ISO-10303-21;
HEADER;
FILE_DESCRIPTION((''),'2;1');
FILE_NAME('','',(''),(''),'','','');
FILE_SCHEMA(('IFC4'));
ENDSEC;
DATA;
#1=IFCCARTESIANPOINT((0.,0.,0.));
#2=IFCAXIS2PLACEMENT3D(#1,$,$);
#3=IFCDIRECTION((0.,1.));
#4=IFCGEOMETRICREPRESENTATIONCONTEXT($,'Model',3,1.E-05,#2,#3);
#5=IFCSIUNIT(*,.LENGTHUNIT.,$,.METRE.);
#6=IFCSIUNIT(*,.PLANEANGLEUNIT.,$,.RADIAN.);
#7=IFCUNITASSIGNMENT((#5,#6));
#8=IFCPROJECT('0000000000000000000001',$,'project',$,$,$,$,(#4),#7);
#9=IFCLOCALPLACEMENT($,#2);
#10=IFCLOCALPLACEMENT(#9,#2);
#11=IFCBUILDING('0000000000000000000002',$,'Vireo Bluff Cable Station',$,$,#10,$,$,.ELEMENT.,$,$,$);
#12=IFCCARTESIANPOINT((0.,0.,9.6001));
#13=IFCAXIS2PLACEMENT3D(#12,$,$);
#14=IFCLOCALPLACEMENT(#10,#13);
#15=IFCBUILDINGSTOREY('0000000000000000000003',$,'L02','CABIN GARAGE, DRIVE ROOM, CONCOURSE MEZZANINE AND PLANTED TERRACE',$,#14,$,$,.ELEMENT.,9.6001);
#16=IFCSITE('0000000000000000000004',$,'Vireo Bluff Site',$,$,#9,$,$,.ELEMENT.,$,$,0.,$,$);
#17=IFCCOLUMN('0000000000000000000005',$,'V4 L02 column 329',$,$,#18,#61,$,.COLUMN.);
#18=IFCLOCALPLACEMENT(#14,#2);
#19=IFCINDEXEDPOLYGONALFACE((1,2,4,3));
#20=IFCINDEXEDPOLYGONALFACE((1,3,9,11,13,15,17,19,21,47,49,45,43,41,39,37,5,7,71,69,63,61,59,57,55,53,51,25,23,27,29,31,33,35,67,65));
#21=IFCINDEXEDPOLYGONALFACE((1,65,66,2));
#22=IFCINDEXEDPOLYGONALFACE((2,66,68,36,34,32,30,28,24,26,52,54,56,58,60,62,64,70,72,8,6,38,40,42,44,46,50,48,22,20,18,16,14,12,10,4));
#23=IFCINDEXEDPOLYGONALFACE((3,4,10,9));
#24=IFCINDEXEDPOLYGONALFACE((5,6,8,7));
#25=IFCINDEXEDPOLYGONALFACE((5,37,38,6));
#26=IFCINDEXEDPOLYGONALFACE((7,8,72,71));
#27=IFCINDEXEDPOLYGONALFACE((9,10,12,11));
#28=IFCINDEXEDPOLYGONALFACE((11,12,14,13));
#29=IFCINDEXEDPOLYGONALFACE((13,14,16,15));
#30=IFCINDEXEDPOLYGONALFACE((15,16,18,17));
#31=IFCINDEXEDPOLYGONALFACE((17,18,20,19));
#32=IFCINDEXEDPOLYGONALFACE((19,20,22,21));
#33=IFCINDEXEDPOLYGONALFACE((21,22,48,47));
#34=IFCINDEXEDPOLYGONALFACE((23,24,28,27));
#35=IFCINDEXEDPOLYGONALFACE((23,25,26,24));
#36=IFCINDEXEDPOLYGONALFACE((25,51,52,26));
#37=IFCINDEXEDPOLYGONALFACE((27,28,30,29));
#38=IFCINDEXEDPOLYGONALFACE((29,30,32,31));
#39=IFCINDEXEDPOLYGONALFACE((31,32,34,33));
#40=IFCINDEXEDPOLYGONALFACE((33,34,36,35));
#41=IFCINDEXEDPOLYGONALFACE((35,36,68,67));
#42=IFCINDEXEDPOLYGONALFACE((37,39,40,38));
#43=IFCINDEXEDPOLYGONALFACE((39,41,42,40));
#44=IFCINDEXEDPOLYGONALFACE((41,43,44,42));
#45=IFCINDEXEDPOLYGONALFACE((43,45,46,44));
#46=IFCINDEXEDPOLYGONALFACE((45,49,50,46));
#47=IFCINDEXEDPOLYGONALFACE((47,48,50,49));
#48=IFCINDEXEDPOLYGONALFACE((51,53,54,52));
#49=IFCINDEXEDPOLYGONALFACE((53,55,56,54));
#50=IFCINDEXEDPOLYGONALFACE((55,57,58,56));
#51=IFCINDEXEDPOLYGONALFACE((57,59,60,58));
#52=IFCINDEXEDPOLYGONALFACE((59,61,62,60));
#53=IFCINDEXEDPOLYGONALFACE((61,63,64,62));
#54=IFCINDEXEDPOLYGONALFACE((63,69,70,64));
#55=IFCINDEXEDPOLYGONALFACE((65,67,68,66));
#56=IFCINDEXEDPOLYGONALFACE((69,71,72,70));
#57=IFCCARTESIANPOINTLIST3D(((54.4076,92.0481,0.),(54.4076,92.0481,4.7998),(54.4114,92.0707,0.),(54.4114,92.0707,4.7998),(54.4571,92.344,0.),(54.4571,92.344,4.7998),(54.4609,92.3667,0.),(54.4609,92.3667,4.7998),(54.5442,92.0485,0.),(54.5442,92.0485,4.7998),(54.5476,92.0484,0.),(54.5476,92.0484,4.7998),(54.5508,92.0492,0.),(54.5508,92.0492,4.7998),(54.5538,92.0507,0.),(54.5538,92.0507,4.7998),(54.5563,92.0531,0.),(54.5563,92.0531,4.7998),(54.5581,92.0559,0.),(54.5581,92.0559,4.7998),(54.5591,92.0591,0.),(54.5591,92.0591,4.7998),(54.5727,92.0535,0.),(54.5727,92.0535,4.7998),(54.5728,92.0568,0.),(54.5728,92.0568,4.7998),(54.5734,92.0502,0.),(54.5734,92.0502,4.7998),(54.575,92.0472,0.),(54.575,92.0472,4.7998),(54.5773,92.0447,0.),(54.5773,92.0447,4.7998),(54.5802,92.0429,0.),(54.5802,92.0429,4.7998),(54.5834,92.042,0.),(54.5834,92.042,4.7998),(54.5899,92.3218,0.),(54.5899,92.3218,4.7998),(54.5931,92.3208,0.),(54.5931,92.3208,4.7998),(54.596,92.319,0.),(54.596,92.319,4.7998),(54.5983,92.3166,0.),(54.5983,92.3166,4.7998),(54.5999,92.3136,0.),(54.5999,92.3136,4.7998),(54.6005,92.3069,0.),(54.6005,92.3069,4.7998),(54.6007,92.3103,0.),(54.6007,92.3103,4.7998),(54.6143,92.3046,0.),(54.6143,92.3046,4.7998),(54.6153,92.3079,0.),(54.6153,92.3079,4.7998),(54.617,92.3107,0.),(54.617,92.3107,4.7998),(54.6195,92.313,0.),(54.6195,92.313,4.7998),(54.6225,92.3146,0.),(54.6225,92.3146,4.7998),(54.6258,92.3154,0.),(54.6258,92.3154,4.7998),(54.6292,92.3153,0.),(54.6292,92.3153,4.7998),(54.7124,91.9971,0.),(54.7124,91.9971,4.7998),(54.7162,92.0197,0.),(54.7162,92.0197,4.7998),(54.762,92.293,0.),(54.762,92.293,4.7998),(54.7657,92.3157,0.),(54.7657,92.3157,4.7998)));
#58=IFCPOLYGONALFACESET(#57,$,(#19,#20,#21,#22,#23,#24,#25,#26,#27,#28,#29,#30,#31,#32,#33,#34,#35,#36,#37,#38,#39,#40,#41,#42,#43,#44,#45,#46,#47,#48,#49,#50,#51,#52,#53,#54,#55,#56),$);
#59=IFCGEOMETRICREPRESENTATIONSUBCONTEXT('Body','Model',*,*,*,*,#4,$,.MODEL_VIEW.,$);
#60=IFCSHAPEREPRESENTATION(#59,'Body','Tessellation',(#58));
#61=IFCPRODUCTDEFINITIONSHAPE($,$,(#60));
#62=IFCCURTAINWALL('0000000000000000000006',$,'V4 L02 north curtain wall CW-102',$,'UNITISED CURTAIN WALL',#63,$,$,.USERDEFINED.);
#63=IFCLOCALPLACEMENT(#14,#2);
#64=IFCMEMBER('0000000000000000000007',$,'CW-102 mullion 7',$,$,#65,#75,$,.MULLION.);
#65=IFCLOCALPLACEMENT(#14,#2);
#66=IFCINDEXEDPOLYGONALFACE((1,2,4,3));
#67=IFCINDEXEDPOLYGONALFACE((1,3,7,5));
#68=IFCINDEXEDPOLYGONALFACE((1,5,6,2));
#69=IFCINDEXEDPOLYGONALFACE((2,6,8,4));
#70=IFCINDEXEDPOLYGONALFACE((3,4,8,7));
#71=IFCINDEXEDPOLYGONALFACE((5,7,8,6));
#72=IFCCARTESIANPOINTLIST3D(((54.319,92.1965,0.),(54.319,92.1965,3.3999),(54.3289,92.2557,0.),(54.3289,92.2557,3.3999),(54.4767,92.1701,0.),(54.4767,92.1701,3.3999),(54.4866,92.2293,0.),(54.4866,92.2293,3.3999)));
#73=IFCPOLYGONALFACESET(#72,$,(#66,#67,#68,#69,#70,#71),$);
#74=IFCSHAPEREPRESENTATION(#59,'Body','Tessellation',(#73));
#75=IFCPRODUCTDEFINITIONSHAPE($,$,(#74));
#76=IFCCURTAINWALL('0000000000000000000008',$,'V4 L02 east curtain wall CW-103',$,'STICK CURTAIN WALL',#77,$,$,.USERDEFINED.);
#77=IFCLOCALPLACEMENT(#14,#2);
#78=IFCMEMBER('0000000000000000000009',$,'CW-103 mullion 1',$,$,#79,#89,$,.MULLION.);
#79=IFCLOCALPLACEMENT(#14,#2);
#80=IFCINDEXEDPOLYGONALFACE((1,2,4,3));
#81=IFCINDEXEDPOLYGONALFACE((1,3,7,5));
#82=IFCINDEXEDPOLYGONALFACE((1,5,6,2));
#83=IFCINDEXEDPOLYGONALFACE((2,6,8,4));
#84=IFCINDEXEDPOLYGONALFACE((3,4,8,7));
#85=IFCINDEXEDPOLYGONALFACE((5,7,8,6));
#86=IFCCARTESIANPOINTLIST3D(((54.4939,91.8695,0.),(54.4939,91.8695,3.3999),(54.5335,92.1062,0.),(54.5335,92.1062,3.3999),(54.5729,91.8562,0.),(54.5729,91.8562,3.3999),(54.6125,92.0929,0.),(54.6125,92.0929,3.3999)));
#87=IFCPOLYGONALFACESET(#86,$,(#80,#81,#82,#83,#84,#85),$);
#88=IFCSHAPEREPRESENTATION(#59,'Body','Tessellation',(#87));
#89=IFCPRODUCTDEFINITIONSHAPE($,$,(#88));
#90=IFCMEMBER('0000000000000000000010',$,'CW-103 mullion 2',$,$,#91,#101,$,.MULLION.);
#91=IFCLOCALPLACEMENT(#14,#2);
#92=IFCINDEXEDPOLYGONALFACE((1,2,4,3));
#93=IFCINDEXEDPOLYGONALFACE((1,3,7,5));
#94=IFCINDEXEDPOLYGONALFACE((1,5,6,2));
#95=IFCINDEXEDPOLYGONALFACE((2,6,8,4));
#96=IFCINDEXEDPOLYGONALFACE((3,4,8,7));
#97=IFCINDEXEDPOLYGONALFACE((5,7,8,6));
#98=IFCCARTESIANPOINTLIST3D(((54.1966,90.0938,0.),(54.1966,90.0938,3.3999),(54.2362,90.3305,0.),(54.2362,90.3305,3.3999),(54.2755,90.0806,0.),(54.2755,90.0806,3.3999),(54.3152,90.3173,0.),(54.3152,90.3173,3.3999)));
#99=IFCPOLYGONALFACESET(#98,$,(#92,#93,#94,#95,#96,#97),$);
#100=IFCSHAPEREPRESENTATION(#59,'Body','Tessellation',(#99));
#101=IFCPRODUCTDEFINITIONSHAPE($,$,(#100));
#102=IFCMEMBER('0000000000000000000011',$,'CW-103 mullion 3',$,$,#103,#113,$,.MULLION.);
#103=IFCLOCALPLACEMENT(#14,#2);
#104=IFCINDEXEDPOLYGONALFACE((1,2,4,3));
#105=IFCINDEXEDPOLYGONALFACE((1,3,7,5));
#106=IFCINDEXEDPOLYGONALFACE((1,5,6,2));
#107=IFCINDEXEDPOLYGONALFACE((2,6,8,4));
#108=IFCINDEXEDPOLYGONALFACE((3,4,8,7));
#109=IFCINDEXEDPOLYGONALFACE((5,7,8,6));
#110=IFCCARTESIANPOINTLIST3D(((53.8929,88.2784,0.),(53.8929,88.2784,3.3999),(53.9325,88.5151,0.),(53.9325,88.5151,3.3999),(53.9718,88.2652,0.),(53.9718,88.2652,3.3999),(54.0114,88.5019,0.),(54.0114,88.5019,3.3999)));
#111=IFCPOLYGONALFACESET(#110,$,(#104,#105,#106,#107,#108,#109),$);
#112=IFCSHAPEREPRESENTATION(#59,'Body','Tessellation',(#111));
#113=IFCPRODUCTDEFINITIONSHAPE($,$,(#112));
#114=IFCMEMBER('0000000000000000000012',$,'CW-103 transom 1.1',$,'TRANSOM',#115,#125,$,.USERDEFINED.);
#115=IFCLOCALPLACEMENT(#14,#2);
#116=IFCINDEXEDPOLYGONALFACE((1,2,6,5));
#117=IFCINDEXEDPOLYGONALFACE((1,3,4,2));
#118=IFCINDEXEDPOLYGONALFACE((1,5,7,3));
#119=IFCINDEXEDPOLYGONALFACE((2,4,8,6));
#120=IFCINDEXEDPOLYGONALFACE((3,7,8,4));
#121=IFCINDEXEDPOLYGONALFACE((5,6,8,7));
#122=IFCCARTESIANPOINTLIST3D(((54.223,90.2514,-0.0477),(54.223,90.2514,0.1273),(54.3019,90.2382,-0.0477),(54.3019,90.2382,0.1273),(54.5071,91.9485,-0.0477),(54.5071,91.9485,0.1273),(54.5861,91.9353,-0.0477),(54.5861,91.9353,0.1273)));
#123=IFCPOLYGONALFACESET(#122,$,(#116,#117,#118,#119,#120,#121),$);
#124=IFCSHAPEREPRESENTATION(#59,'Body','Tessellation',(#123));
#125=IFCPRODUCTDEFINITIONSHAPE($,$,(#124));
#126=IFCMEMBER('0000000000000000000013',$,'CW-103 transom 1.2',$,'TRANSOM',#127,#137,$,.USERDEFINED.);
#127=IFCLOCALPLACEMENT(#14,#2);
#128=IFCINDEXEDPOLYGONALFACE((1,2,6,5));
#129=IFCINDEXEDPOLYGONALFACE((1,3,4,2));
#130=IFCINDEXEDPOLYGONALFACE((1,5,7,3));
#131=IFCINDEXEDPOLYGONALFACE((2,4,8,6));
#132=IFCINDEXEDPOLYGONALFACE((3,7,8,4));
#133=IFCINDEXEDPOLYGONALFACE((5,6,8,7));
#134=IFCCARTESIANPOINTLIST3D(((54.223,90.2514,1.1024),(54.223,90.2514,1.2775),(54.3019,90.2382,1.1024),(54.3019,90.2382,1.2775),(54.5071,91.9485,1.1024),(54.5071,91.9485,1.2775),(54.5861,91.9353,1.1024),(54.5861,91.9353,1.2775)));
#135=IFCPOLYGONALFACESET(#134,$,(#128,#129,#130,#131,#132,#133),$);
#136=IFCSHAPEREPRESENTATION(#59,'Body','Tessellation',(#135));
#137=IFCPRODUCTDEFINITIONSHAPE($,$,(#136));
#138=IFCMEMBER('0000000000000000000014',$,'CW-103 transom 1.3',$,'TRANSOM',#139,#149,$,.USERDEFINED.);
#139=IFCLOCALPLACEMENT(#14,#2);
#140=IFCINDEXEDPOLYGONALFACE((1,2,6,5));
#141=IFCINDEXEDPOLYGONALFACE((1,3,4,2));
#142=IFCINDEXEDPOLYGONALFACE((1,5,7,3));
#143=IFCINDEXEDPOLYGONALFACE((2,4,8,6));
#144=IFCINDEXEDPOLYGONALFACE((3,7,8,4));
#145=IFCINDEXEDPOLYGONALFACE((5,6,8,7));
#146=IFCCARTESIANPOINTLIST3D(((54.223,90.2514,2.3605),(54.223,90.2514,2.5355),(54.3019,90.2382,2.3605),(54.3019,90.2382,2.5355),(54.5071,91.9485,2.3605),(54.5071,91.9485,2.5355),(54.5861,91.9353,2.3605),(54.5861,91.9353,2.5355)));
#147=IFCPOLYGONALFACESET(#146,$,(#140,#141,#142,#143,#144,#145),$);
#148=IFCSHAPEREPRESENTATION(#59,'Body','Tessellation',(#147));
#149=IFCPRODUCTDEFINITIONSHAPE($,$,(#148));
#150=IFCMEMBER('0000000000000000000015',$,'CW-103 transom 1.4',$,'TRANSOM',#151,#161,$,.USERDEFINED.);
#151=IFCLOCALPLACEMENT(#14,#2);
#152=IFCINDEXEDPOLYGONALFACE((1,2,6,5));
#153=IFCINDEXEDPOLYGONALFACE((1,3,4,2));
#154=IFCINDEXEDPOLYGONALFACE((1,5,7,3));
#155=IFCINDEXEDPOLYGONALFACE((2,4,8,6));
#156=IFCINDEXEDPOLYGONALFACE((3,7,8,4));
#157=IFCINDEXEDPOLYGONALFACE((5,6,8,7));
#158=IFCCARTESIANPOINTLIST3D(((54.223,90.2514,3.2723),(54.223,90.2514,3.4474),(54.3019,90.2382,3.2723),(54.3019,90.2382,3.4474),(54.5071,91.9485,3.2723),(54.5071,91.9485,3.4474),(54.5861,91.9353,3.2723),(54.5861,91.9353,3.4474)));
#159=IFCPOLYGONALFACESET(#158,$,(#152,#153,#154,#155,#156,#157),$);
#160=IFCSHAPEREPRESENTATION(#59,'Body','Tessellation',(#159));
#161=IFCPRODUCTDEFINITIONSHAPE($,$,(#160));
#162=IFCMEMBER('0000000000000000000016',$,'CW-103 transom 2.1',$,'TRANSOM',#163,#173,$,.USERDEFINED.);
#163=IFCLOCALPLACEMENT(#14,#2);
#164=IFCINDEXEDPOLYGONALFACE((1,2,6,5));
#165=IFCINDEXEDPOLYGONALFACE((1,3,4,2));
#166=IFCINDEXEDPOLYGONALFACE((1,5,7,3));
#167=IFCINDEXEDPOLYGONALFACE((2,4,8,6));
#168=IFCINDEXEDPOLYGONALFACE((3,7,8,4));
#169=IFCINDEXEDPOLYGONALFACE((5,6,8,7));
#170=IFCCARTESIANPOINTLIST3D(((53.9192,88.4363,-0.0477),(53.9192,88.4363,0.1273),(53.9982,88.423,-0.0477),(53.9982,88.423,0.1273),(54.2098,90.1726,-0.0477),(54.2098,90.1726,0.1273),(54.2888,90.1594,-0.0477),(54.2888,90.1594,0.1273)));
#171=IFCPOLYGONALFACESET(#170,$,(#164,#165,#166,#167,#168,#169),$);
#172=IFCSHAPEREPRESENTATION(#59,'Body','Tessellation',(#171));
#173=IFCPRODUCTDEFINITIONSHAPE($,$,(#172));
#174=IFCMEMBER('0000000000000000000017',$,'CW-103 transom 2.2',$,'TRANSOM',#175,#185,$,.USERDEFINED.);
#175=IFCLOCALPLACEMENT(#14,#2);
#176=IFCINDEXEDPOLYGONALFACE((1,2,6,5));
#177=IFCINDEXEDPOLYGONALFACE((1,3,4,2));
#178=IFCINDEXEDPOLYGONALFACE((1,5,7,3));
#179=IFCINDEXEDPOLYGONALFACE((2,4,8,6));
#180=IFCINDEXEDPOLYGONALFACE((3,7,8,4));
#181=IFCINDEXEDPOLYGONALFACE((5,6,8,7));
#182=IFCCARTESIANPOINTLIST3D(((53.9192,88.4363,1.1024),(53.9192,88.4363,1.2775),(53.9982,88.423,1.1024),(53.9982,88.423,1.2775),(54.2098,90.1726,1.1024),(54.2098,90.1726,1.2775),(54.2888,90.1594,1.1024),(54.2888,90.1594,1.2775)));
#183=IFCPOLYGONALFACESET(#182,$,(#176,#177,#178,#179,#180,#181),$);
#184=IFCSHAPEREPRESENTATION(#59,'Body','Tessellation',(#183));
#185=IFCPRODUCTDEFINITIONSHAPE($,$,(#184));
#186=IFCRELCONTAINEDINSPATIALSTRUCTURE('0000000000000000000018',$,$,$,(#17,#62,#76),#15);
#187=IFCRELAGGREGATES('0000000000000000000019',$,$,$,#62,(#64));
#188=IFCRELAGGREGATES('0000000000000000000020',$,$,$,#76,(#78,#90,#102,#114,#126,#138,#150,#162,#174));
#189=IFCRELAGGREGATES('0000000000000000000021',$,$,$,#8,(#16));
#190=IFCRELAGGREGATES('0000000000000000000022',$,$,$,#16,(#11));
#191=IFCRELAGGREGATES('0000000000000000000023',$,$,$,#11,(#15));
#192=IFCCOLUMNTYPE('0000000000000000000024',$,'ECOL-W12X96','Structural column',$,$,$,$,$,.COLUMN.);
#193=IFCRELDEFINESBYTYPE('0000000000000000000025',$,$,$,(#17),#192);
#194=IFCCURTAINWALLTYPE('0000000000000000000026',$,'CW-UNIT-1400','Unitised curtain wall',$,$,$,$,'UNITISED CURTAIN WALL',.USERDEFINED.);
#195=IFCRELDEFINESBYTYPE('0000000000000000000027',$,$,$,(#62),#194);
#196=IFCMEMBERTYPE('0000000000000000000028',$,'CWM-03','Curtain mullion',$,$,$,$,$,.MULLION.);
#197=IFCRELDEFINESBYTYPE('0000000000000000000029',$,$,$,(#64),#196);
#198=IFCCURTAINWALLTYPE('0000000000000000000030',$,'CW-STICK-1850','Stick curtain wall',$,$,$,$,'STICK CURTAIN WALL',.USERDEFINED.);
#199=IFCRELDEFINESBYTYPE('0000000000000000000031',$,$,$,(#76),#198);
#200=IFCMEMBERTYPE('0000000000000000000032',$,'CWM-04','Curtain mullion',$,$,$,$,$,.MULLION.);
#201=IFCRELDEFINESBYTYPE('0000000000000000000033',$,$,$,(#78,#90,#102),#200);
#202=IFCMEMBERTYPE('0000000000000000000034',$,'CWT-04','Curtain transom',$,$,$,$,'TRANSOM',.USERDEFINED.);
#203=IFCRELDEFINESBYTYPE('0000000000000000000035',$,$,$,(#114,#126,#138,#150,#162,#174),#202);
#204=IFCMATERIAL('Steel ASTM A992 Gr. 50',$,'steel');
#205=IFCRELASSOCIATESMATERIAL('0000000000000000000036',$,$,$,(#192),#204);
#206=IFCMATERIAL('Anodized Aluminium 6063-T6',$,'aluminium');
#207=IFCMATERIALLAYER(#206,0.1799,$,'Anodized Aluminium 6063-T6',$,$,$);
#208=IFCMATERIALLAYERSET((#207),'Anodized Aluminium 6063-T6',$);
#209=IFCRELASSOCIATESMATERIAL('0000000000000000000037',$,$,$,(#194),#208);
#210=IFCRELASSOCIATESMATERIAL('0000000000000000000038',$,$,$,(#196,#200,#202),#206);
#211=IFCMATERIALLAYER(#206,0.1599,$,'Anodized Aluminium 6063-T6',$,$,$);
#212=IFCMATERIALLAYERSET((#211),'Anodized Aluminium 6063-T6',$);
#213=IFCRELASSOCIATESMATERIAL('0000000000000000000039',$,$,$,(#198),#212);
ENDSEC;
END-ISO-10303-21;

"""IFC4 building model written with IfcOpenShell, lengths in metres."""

from ifc_helpers import new_model, si_unit, direction, frame, origin, origin_2d, place, context, subcontext, project, spatial, rectangle, i_section, extrude, material, layer, layer_set, material_profile, profile_set, type_object, element, aggregate, save


model = new_model("IFC4")

# Units and contexts
model_context = context("Model", 3, precision=1e-05, world=origin(), true_north=direction((0.0, 1.0)))
body_context = subcontext(model_context, "Body", "Model", "MODEL_VIEW")
ifc_project = project(units=[si_unit("LENGTHUNIT", "METRE"), si_unit("PLANEANGLEUNIT", "RADIAN")], contexts=[model_context])

# Site, building, storey
site_placement = place(None, origin())
site = spatial("IfcSite", under=ifc_project, at=site_placement, Name="Vireo Bluff Site", CompositionType="ELEMENT", RefElevation=0.0)
building_placement = place(site_placement, origin())
building = spatial("IfcBuilding", under=site, at=building_placement, Name="Vireo Bluff Cable Station", CompositionType="ELEMENT")
storey_placement = place(building_placement, frame((0.0, 0.0, 9.6001)))
storey = spatial("IfcBuildingStorey", under=building, at=storey_placement, Name="L02", Description="CABIN GARAGE, DRIVE ROOM, CONCOURSE MEZZANINE AND PLANTED TERRACE", CompositionType="ELEMENT", Elevation=9.6001)

# Column
ifc_material_1 = material(Name="Steel ASTM A992 Gr. 50", Category="steel")
ifc_material_profile_1 = material_profile(ifc_material_1, i_section(OverallWidth=0.3091, OverallDepth=0.323, WebThickness=0.0139, FlangeThickness=0.0229, FilletRadius=0.0129, at=origin_2d()), Name="W12X96")
ifc_profile_set_1 = profile_set([ifc_material_profile_1], Name="Steel ASTM A992 Gr. 50")
column_type = type_object("IfcColumnType", Name="ECOL-W12X96", Description="Structural column", PredefinedType="COLUMN", material=ifc_profile_set_1)
column_placement = place(storey_placement, frame((54.5867, 92.1819, 0.0), z_axis=(0.0, 0.0, 1.0), x_axis=(0.986286, -0.165048, 0.0)))
element("IfcColumn", 1, at=column_placement, inside=storey, type_object=column_type, Name="V4 L02 column 329", PredefinedType="COLUMN", context=body_context, shape_type="SweptSolid", body=[
    extrude(i_section(OverallWidth=0.3091, OverallDepth=0.323, WebThickness=0.0139, FlangeThickness=0.0229, FilletRadius=0.0129, at=origin_2d()), origin(), (0.0, 0.0, 1.0), 4.7998),
])

# Curtain wall, member
ifc_material_2 = material(Name="Anodized Aluminium 6063-T6", Category="aluminium")
ifc_layer_1 = layer(ifc_material_2, 0.1799, Name="Anodized Aluminium 6063-T6")
ifc_layer_set_1 = layer_set([ifc_layer_1], Name="Anodized Aluminium 6063-T6")
curtain_wall_type_1 = type_object("IfcCurtainWallType", Name="CW-UNIT-1400", Description="Unitised curtain wall", ElementType="UNITISED CURTAIN WALL", PredefinedType="USERDEFINED", material=ifc_layer_set_1)
curtain_wall_1_placement = place(storey_placement, origin())
curtain_wall_1 = element("IfcCurtainWall", 2, at=curtain_wall_1_placement, inside=storey, type_object=curtain_wall_type_1, Name="V4 L02 north curtain wall CW-102", ObjectType="UNITISED CURTAIN WALL", PredefinedType="USERDEFINED")
ifc_material_profile_2 = material_profile(ifc_material_2, rectangle(XDim=0.0601, YDim=0.1599, at=origin_2d()), Name="ALU-M-60X160")
ifc_profile_set_2 = profile_set([ifc_material_profile_2], Name="Anodized Aluminium 6063-T6")
member_type_1 = type_object("IfcMemberType", Name="CWM-03", Description="Curtain mullion", PredefinedType="MULLION", material=ifc_profile_set_2)
member_1_placement = place(storey_placement, frame((54.4028, 92.2129, 0.0), z_axis=(0.0, 0.0, 1.0), x_axis=(0.165048, 0.986286, 0.0)))
member_1 = element("IfcMember", 3, at=member_1_placement, type_object=member_type_1, Name="CW-102 mullion 7", PredefinedType="MULLION", context=body_context, shape_type="SweptSolid", body=[
    extrude(rectangle(XDim=0.0601, YDim=0.1599, at=origin_2d()), origin(), (0.0, 0.0, 1.0), 3.3999),
])
aggregate(curtain_wall_1, [member_1])

# Curtain wall, members
ifc_layer_2 = layer(ifc_material_2, 0.1599, Name="Anodized Aluminium 6063-T6")
ifc_layer_set_2 = layer_set([ifc_layer_2], Name="Anodized Aluminium 6063-T6")
curtain_wall_type_2 = type_object("IfcCurtainWallType", Name="CW-STICK-1850", Description="Stick curtain wall", ElementType="STICK CURTAIN WALL", PredefinedType="USERDEFINED", material=ifc_layer_set_2)
curtain_wall_2_placement = place(storey_placement, origin())
curtain_wall_2 = element("IfcCurtainWall", 4, at=curtain_wall_2_placement, inside=storey, type_object=curtain_wall_type_2, Name="V4 L02 east curtain wall CW-103", ObjectType="STICK CURTAIN WALL", PredefinedType="USERDEFINED")
ifc_material_profile_3 = material_profile(ifc_material_2, rectangle(XDim=0.0801, YDim=0.24, at=origin_2d()), Name="ALU-M-80X240")
ifc_profile_set_3 = profile_set([ifc_material_profile_3], Name="Anodized Aluminium 6063-T6")
member_type_2 = type_object("IfcMemberType", Name="CWM-04", Description="Curtain mullion", PredefinedType="MULLION", material=ifc_profile_set_3)
member_2_placement = place(storey_placement, frame((54.5532, 91.9812, 0.0), z_axis=(0.0, 0.0, 1.0), x_axis=(0.986286, -0.165048, 0.0)))
member_2 = element("IfcMember", 5, at=member_2_placement, type_object=member_type_2, Name="CW-103 mullion 1", PredefinedType="MULLION", context=body_context, shape_type="SweptSolid", body=[
    extrude(rectangle(XDim=0.0801, YDim=0.24, at=origin_2d()), origin(), (0.0, 0.0, 1.0), 3.3999),
])
member_3_placement = place(storey_placement, frame((54.2559, 90.2056, 0.0), z_axis=(0.0, 0.0, 1.0), x_axis=(0.986286, -0.165048, 0.0)))
member_3 = element("IfcMember", 6, at=member_3_placement, type_object=member_type_2, Name="CW-103 mullion 2", PredefinedType="MULLION", context=body_context, shape_type="SweptSolid", body=[
    extrude(rectangle(XDim=0.0801, YDim=0.24, at=origin_2d()), origin(), (0.0, 0.0, 1.0), 3.3999),
])
member_4_placement = place(storey_placement, frame((53.9521, 88.3901, 0.0), z_axis=(0.0, 0.0, 1.0), x_axis=(0.986286, -0.165048, 0.0)))
member_4 = element("IfcMember", 7, at=member_4_placement, type_object=member_type_2, Name="CW-103 mullion 3", PredefinedType="MULLION", context=body_context, shape_type="SweptSolid", body=[
    extrude(rectangle(XDim=0.0801, YDim=0.24, at=origin_2d()), origin(), (0.0, 0.0, 1.0), 3.3999),
])
ifc_material_profile_4 = material_profile(ifc_material_2, rectangle(XDim=0.0801, YDim=0.175, at=origin_2d()), Name="ALU-T-80X175")
ifc_profile_set_4 = profile_set([ifc_material_profile_4], Name="Anodized Aluminium 6063-T6")
member_type_3 = type_object("IfcMemberType", Name="CWT-04", Description="Curtain transom", ElementType="TRANSOM", PredefinedType="USERDEFINED", material=ifc_profile_set_4)
member_5_placement = place(storey_placement, frame((54.5466, 91.9419, 0.0398), z_axis=(-0.165158, -0.986267, 0.0), x_axis=(0.986267, -0.165158, 0.0)))
member_5 = element("IfcMember", 8, at=member_5_placement, type_object=member_type_3, Name="CW-103 transom 1.1", ObjectType="TRANSOM", PredefinedType="USERDEFINED", context=body_context, shape_type="SweptSolid", body=[
    extrude(rectangle(XDim=0.0801, YDim=0.175, at=origin_2d()), origin(), (0.0, 0.0, 1.0), 1.7207),
])
member_6_placement = place(storey_placement, frame((54.5466, 91.9419, 1.1899), z_axis=(-0.165158, -0.986267, 0.0), x_axis=(0.986267, -0.165158, 0.0)))
member_6 = element("IfcMember", 9, at=member_6_placement, type_object=member_type_3, Name="CW-103 transom 1.2", ObjectType="TRANSOM", PredefinedType="USERDEFINED", context=body_context, shape_type="SweptSolid", body=[
    extrude(rectangle(XDim=0.0801, YDim=0.175, at=origin_2d()), origin(), (0.0, 0.0, 1.0), 1.7207),
])
member_7_placement = place(storey_placement, frame((54.5466, 91.9419, 2.448), z_axis=(-0.165158, -0.986267, 0.0), x_axis=(0.986267, -0.165158, 0.0)))
member_7 = element("IfcMember", 10, at=member_7_placement, type_object=member_type_3, Name="CW-103 transom 1.3", ObjectType="TRANSOM", PredefinedType="USERDEFINED", context=body_context, shape_type="SweptSolid", body=[
    extrude(rectangle(XDim=0.0801, YDim=0.175, at=origin_2d()), origin(), (0.0, 0.0, 1.0), 1.7207),
])
member_8_placement = place(storey_placement, frame((54.5466, 91.9419, 3.3599), z_axis=(-0.165158, -0.986267, 0.0), x_axis=(0.986267, -0.165158, 0.0)))
member_8 = element("IfcMember", 11, at=member_8_placement, type_object=member_type_3, Name="CW-103 transom 1.4", ObjectType="TRANSOM", PredefinedType="USERDEFINED", context=body_context, shape_type="SweptSolid", body=[
    extrude(rectangle(XDim=0.0801, YDim=0.175, at=origin_2d()), origin(), (0.0, 0.0, 1.0), 1.7207),
])
member_9_placement = place(storey_placement, frame((54.2493, 90.166, 0.0398), z_axis=(-0.165029, -0.986289, 0.0), x_axis=(0.986289, -0.165029, 0.0)))
member_9 = element("IfcMember", 12, at=member_9_placement, type_object=member_type_3, Name="CW-103 transom 2.1", ObjectType="TRANSOM", PredefinedType="USERDEFINED", context=body_context, shape_type="SweptSolid", body=[
    extrude(rectangle(XDim=0.0801, YDim=0.175, at=origin_2d()), origin(), (0.0, 0.0, 1.0), 1.7605),
])
member_10_placement = place(storey_placement, frame((54.2493, 90.166, 1.1899), z_axis=(-0.165029, -0.986289, 0.0), x_axis=(0.986289, -0.165029, 0.0)))
member_10 = element("IfcMember", 13, at=member_10_placement, type_object=member_type_3, Name="CW-103 transom 2.2", ObjectType="TRANSOM", PredefinedType="USERDEFINED", context=body_context, shape_type="SweptSolid", body=[
    extrude(rectangle(XDim=0.0801, YDim=0.175, at=origin_2d()), origin(), (0.0, 0.0, 1.0), 1.7605),
])
aggregate(curtain_wall_2, [member_2, member_3, member_4, member_5, member_6, member_7, member_8, member_9, member_10])

save(model, "model.ifc")
